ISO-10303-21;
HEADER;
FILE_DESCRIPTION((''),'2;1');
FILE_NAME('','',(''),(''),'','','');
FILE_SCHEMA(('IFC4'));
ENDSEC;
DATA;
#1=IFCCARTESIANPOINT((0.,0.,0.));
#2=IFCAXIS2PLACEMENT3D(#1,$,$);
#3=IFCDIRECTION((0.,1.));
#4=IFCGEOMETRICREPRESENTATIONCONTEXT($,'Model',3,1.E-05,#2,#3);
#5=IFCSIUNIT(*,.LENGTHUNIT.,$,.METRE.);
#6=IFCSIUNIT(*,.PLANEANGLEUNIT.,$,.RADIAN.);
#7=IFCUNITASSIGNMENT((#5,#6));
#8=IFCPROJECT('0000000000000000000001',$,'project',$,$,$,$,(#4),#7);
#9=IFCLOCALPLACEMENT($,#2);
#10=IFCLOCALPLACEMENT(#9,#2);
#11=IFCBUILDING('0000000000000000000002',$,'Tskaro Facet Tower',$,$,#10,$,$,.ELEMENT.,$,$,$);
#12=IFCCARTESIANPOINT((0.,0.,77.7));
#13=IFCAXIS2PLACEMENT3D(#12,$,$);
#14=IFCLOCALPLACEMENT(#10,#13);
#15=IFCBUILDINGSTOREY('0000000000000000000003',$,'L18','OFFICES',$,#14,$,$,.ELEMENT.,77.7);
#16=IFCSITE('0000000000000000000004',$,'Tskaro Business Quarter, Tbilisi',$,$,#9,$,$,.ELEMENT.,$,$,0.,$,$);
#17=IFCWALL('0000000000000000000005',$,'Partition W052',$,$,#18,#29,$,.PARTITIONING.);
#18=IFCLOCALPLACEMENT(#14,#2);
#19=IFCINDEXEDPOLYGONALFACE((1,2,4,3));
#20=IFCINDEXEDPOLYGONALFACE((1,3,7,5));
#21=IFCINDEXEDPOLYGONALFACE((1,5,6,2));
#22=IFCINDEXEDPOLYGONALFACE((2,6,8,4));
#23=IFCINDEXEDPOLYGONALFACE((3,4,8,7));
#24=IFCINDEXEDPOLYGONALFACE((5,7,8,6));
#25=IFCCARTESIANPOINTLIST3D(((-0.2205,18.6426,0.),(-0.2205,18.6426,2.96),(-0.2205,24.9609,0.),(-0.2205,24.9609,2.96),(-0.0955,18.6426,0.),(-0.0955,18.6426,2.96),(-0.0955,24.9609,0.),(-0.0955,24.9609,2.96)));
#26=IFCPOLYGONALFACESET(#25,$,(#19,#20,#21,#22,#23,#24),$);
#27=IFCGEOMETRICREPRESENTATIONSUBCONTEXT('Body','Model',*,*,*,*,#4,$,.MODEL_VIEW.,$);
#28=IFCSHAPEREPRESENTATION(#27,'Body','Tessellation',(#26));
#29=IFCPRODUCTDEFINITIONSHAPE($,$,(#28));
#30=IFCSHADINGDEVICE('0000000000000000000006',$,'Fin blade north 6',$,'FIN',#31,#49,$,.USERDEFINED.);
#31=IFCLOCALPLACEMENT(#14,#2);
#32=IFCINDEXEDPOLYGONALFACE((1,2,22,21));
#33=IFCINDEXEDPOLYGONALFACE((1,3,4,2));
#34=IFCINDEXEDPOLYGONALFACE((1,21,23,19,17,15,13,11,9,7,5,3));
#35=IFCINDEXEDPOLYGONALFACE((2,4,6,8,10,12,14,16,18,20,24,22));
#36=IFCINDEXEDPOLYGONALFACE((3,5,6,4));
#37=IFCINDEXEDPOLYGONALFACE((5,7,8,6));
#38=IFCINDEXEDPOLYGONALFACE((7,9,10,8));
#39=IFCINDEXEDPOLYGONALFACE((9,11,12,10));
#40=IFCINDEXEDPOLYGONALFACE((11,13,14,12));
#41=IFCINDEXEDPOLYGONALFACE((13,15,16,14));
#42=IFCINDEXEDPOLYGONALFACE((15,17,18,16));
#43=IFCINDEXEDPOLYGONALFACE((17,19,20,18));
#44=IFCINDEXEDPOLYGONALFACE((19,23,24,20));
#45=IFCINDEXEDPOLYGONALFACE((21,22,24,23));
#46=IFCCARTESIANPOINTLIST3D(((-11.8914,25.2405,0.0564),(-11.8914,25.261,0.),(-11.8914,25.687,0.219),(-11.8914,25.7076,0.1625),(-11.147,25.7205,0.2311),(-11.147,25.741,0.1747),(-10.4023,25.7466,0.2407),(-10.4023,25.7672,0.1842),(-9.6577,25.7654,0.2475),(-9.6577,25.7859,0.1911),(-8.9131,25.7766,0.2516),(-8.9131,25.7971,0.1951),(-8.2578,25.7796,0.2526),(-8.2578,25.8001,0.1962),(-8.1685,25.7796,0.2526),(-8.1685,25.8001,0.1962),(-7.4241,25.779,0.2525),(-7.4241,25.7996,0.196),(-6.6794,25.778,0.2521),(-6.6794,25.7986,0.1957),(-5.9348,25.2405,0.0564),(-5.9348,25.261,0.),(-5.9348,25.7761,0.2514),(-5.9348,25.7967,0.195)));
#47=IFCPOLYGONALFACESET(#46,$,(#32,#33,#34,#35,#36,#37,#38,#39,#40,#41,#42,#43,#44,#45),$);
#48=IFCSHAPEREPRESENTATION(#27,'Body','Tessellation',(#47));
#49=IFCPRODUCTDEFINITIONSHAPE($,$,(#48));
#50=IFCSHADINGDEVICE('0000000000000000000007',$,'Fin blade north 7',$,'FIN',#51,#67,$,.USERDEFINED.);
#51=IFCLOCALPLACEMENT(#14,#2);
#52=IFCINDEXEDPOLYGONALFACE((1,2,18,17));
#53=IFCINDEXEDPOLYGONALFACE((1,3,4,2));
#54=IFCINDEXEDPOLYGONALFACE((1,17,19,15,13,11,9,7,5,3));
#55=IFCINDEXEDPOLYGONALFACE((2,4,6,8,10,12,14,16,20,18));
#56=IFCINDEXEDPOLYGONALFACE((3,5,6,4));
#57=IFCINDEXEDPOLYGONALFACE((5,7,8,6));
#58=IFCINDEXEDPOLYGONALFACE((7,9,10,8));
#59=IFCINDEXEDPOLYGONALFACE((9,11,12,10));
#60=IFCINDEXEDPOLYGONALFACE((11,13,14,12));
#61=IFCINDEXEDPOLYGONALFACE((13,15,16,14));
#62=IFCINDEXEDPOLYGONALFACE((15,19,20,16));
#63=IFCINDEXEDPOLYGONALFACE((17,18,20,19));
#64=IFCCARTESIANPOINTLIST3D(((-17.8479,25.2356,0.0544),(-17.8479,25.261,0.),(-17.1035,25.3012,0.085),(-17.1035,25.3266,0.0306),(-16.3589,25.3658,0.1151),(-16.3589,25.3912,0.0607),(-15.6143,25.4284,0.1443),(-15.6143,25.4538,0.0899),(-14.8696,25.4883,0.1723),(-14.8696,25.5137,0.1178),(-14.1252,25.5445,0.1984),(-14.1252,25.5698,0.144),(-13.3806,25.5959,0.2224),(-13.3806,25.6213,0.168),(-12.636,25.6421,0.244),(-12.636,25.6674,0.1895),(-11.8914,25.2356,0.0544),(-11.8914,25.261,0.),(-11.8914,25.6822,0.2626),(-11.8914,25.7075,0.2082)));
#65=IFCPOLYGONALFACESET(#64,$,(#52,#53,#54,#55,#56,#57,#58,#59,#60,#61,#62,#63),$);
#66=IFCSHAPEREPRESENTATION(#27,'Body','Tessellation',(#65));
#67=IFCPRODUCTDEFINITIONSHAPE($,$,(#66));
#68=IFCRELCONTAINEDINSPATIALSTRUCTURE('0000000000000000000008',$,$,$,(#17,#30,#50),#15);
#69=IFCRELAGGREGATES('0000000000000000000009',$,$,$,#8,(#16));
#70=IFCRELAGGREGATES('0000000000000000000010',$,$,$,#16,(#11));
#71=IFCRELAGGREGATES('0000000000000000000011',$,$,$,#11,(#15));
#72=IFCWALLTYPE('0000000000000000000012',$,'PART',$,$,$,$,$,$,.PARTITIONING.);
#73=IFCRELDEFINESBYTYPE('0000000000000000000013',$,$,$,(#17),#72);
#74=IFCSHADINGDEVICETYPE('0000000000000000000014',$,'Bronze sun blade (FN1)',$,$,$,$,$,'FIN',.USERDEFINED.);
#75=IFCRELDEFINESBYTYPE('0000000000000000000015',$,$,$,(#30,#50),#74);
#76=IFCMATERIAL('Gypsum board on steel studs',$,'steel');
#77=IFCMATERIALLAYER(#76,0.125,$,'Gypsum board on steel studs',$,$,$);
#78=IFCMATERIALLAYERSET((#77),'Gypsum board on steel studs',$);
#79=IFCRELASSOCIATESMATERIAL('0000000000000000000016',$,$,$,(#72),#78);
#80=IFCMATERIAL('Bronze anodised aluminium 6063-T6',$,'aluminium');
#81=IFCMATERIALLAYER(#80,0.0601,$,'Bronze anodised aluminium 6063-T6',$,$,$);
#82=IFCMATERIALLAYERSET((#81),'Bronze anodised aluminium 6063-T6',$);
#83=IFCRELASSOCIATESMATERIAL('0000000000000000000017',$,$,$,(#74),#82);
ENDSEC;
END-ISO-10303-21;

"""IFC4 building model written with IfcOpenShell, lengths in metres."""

from ifc_helpers import new_model, si_unit, direction, frame, frame_2d, origin, place, context, subcontext, project, spatial, polyline, rectangle, outline, extrude, material, layer, layer_set, type_object, element, save


model = new_model("IFC4")

# Units and contexts
model_context = context("Model", 3, precision=1e-05, world=origin(), true_north=direction((0.0, 1.0)))
body_context = subcontext(model_context, "Body", "Model", "MODEL_VIEW")
ifc_project = project(units=[si_unit("LENGTHUNIT", "METRE"), si_unit("PLANEANGLEUNIT", "RADIAN")], contexts=[model_context])

# Site, building, storey
site_placement = place(None, origin())
site = spatial("IfcSite", under=ifc_project, at=site_placement, Name="Tskaro Business Quarter, Tbilisi", CompositionType="ELEMENT", RefElevation=0.0)
building_placement = place(site_placement, origin())
building = spatial("IfcBuilding", under=site, at=building_placement, Name="Tskaro Facet Tower", CompositionType="ELEMENT")
storey_placement = place(building_placement, frame((0.0, 0.0, 77.7)))
storey = spatial("IfcBuildingStorey", under=building, at=storey_placement, Name="L18", Description="OFFICES", CompositionType="ELEMENT", Elevation=77.7)

# Shared definitions
ifc_material_1 = material(Name="Bronze anodised aluminium 6063-T6", Category="aluminium")

# Shared definitions
ifc_material_2 = material(Name="Gypsum board on steel studs", Category="steel")
ifc_layer_1 = layer(ifc_material_2, 0.125, Name="Gypsum board on steel studs")
ifc_layer_set_1 = layer_set([ifc_layer_1], Name="Gypsum board on steel studs")
wall_type = type_object("IfcWallType", Name="PART", PredefinedType="PARTITIONING", material=ifc_layer_set_1)

# Wall
for number, where, z_axis, x_axis, name in (
    (1, (-0.158, 18.6426, 0.0), (0.0, 0.0, 1.0), (0.0, 1.0, 0.0), "Partition W052"),
):
    element("IfcWall", number, at=place(storey_placement, frame(where, z_axis=z_axis, x_axis=x_axis)), inside=storey, type_object=wall_type, Name=name, PredefinedType="PARTITIONING", context=body_context, shape_type="SweptSolid", body=[
        extrude(rectangle(XDim=6.3184, YDim=0.125, at=frame_2d((3.1592, 0.0))), origin(), (0.0, 0.0, 1.0), 2.96),
    ])

# Shading devices
ifc_layer_2 = layer(ifc_material_1, 0.0601, Name="Bronze anodised aluminium 6063-T6")
ifc_layer_set_2 = layer_set([ifc_layer_2], Name="Bronze anodised aluminium 6063-T6")
shading_device_type = type_object("IfcShadingDeviceType", Name="Bronze sun blade (FN1)", ElementType="FIN", PredefinedType="USERDEFINED", material=ifc_layer_set_2)
shading_device_1_placement = place(storey_placement, frame((-5.9348, 25.2405, 0.0564), z_axis=(-0.000001, -0.342093, 0.939666), x_axis=(-1.0, 0.0, -0.000001)))
element("IfcShadingDevice", 2, at=shading_device_1_placement, inside=storey, type_object=shading_device_type, Name="Fin blade north 6", ObjectType="FIN", PredefinedType="USERDEFINED", context=body_context, shape_type="SweptSolid", body=[
    extrude(outline(polyline([(0.0, 0.0), (5.9565, 0.0), (5.9565, -0.4752), (5.2122, -0.5108), (4.4675, -0.5386), (3.7229, -0.5586), (2.9783, -0.5705), (2.323, -0.5737), (2.2336, -0.5737), (1.4893, -0.5731), (0.7446, -0.5721), (0.0, -0.5701), (0.0, 0.0)])), origin(), (0.0, 0.0, -1.0), 0.0601),
])
shading_device_2_placement = place(storey_placement, frame((-11.8914, 25.2356, 0.0544), z_axis=(-0.000008, -0.422573, 0.906329), x_axis=(-1.0, 0.000003, -0.000007)))
element("IfcShadingDevice", 3, at=shading_device_2_placement, inside=storey, type_object=shading_device_type, Name="Fin blade north 7", ObjectType="FIN", PredefinedType="USERDEFINED", context=body_context, shape_type="SweptSolid", body=[
    extrude(outline(polyline([(0.0, 0.0), (5.9565, 0.0), (5.2122, -0.0724), (4.4675, -0.1436), (3.7229, -0.2128), (2.9783, -0.2788), (2.2339, -0.3408), (1.4893, -0.3976), (0.7446, -0.4485), (0.0, -0.4927), (0.0, 0.0)])), origin(), (0.0, 0.0, -1.0), 0.0601),
])

save(model, "model.ifc")
